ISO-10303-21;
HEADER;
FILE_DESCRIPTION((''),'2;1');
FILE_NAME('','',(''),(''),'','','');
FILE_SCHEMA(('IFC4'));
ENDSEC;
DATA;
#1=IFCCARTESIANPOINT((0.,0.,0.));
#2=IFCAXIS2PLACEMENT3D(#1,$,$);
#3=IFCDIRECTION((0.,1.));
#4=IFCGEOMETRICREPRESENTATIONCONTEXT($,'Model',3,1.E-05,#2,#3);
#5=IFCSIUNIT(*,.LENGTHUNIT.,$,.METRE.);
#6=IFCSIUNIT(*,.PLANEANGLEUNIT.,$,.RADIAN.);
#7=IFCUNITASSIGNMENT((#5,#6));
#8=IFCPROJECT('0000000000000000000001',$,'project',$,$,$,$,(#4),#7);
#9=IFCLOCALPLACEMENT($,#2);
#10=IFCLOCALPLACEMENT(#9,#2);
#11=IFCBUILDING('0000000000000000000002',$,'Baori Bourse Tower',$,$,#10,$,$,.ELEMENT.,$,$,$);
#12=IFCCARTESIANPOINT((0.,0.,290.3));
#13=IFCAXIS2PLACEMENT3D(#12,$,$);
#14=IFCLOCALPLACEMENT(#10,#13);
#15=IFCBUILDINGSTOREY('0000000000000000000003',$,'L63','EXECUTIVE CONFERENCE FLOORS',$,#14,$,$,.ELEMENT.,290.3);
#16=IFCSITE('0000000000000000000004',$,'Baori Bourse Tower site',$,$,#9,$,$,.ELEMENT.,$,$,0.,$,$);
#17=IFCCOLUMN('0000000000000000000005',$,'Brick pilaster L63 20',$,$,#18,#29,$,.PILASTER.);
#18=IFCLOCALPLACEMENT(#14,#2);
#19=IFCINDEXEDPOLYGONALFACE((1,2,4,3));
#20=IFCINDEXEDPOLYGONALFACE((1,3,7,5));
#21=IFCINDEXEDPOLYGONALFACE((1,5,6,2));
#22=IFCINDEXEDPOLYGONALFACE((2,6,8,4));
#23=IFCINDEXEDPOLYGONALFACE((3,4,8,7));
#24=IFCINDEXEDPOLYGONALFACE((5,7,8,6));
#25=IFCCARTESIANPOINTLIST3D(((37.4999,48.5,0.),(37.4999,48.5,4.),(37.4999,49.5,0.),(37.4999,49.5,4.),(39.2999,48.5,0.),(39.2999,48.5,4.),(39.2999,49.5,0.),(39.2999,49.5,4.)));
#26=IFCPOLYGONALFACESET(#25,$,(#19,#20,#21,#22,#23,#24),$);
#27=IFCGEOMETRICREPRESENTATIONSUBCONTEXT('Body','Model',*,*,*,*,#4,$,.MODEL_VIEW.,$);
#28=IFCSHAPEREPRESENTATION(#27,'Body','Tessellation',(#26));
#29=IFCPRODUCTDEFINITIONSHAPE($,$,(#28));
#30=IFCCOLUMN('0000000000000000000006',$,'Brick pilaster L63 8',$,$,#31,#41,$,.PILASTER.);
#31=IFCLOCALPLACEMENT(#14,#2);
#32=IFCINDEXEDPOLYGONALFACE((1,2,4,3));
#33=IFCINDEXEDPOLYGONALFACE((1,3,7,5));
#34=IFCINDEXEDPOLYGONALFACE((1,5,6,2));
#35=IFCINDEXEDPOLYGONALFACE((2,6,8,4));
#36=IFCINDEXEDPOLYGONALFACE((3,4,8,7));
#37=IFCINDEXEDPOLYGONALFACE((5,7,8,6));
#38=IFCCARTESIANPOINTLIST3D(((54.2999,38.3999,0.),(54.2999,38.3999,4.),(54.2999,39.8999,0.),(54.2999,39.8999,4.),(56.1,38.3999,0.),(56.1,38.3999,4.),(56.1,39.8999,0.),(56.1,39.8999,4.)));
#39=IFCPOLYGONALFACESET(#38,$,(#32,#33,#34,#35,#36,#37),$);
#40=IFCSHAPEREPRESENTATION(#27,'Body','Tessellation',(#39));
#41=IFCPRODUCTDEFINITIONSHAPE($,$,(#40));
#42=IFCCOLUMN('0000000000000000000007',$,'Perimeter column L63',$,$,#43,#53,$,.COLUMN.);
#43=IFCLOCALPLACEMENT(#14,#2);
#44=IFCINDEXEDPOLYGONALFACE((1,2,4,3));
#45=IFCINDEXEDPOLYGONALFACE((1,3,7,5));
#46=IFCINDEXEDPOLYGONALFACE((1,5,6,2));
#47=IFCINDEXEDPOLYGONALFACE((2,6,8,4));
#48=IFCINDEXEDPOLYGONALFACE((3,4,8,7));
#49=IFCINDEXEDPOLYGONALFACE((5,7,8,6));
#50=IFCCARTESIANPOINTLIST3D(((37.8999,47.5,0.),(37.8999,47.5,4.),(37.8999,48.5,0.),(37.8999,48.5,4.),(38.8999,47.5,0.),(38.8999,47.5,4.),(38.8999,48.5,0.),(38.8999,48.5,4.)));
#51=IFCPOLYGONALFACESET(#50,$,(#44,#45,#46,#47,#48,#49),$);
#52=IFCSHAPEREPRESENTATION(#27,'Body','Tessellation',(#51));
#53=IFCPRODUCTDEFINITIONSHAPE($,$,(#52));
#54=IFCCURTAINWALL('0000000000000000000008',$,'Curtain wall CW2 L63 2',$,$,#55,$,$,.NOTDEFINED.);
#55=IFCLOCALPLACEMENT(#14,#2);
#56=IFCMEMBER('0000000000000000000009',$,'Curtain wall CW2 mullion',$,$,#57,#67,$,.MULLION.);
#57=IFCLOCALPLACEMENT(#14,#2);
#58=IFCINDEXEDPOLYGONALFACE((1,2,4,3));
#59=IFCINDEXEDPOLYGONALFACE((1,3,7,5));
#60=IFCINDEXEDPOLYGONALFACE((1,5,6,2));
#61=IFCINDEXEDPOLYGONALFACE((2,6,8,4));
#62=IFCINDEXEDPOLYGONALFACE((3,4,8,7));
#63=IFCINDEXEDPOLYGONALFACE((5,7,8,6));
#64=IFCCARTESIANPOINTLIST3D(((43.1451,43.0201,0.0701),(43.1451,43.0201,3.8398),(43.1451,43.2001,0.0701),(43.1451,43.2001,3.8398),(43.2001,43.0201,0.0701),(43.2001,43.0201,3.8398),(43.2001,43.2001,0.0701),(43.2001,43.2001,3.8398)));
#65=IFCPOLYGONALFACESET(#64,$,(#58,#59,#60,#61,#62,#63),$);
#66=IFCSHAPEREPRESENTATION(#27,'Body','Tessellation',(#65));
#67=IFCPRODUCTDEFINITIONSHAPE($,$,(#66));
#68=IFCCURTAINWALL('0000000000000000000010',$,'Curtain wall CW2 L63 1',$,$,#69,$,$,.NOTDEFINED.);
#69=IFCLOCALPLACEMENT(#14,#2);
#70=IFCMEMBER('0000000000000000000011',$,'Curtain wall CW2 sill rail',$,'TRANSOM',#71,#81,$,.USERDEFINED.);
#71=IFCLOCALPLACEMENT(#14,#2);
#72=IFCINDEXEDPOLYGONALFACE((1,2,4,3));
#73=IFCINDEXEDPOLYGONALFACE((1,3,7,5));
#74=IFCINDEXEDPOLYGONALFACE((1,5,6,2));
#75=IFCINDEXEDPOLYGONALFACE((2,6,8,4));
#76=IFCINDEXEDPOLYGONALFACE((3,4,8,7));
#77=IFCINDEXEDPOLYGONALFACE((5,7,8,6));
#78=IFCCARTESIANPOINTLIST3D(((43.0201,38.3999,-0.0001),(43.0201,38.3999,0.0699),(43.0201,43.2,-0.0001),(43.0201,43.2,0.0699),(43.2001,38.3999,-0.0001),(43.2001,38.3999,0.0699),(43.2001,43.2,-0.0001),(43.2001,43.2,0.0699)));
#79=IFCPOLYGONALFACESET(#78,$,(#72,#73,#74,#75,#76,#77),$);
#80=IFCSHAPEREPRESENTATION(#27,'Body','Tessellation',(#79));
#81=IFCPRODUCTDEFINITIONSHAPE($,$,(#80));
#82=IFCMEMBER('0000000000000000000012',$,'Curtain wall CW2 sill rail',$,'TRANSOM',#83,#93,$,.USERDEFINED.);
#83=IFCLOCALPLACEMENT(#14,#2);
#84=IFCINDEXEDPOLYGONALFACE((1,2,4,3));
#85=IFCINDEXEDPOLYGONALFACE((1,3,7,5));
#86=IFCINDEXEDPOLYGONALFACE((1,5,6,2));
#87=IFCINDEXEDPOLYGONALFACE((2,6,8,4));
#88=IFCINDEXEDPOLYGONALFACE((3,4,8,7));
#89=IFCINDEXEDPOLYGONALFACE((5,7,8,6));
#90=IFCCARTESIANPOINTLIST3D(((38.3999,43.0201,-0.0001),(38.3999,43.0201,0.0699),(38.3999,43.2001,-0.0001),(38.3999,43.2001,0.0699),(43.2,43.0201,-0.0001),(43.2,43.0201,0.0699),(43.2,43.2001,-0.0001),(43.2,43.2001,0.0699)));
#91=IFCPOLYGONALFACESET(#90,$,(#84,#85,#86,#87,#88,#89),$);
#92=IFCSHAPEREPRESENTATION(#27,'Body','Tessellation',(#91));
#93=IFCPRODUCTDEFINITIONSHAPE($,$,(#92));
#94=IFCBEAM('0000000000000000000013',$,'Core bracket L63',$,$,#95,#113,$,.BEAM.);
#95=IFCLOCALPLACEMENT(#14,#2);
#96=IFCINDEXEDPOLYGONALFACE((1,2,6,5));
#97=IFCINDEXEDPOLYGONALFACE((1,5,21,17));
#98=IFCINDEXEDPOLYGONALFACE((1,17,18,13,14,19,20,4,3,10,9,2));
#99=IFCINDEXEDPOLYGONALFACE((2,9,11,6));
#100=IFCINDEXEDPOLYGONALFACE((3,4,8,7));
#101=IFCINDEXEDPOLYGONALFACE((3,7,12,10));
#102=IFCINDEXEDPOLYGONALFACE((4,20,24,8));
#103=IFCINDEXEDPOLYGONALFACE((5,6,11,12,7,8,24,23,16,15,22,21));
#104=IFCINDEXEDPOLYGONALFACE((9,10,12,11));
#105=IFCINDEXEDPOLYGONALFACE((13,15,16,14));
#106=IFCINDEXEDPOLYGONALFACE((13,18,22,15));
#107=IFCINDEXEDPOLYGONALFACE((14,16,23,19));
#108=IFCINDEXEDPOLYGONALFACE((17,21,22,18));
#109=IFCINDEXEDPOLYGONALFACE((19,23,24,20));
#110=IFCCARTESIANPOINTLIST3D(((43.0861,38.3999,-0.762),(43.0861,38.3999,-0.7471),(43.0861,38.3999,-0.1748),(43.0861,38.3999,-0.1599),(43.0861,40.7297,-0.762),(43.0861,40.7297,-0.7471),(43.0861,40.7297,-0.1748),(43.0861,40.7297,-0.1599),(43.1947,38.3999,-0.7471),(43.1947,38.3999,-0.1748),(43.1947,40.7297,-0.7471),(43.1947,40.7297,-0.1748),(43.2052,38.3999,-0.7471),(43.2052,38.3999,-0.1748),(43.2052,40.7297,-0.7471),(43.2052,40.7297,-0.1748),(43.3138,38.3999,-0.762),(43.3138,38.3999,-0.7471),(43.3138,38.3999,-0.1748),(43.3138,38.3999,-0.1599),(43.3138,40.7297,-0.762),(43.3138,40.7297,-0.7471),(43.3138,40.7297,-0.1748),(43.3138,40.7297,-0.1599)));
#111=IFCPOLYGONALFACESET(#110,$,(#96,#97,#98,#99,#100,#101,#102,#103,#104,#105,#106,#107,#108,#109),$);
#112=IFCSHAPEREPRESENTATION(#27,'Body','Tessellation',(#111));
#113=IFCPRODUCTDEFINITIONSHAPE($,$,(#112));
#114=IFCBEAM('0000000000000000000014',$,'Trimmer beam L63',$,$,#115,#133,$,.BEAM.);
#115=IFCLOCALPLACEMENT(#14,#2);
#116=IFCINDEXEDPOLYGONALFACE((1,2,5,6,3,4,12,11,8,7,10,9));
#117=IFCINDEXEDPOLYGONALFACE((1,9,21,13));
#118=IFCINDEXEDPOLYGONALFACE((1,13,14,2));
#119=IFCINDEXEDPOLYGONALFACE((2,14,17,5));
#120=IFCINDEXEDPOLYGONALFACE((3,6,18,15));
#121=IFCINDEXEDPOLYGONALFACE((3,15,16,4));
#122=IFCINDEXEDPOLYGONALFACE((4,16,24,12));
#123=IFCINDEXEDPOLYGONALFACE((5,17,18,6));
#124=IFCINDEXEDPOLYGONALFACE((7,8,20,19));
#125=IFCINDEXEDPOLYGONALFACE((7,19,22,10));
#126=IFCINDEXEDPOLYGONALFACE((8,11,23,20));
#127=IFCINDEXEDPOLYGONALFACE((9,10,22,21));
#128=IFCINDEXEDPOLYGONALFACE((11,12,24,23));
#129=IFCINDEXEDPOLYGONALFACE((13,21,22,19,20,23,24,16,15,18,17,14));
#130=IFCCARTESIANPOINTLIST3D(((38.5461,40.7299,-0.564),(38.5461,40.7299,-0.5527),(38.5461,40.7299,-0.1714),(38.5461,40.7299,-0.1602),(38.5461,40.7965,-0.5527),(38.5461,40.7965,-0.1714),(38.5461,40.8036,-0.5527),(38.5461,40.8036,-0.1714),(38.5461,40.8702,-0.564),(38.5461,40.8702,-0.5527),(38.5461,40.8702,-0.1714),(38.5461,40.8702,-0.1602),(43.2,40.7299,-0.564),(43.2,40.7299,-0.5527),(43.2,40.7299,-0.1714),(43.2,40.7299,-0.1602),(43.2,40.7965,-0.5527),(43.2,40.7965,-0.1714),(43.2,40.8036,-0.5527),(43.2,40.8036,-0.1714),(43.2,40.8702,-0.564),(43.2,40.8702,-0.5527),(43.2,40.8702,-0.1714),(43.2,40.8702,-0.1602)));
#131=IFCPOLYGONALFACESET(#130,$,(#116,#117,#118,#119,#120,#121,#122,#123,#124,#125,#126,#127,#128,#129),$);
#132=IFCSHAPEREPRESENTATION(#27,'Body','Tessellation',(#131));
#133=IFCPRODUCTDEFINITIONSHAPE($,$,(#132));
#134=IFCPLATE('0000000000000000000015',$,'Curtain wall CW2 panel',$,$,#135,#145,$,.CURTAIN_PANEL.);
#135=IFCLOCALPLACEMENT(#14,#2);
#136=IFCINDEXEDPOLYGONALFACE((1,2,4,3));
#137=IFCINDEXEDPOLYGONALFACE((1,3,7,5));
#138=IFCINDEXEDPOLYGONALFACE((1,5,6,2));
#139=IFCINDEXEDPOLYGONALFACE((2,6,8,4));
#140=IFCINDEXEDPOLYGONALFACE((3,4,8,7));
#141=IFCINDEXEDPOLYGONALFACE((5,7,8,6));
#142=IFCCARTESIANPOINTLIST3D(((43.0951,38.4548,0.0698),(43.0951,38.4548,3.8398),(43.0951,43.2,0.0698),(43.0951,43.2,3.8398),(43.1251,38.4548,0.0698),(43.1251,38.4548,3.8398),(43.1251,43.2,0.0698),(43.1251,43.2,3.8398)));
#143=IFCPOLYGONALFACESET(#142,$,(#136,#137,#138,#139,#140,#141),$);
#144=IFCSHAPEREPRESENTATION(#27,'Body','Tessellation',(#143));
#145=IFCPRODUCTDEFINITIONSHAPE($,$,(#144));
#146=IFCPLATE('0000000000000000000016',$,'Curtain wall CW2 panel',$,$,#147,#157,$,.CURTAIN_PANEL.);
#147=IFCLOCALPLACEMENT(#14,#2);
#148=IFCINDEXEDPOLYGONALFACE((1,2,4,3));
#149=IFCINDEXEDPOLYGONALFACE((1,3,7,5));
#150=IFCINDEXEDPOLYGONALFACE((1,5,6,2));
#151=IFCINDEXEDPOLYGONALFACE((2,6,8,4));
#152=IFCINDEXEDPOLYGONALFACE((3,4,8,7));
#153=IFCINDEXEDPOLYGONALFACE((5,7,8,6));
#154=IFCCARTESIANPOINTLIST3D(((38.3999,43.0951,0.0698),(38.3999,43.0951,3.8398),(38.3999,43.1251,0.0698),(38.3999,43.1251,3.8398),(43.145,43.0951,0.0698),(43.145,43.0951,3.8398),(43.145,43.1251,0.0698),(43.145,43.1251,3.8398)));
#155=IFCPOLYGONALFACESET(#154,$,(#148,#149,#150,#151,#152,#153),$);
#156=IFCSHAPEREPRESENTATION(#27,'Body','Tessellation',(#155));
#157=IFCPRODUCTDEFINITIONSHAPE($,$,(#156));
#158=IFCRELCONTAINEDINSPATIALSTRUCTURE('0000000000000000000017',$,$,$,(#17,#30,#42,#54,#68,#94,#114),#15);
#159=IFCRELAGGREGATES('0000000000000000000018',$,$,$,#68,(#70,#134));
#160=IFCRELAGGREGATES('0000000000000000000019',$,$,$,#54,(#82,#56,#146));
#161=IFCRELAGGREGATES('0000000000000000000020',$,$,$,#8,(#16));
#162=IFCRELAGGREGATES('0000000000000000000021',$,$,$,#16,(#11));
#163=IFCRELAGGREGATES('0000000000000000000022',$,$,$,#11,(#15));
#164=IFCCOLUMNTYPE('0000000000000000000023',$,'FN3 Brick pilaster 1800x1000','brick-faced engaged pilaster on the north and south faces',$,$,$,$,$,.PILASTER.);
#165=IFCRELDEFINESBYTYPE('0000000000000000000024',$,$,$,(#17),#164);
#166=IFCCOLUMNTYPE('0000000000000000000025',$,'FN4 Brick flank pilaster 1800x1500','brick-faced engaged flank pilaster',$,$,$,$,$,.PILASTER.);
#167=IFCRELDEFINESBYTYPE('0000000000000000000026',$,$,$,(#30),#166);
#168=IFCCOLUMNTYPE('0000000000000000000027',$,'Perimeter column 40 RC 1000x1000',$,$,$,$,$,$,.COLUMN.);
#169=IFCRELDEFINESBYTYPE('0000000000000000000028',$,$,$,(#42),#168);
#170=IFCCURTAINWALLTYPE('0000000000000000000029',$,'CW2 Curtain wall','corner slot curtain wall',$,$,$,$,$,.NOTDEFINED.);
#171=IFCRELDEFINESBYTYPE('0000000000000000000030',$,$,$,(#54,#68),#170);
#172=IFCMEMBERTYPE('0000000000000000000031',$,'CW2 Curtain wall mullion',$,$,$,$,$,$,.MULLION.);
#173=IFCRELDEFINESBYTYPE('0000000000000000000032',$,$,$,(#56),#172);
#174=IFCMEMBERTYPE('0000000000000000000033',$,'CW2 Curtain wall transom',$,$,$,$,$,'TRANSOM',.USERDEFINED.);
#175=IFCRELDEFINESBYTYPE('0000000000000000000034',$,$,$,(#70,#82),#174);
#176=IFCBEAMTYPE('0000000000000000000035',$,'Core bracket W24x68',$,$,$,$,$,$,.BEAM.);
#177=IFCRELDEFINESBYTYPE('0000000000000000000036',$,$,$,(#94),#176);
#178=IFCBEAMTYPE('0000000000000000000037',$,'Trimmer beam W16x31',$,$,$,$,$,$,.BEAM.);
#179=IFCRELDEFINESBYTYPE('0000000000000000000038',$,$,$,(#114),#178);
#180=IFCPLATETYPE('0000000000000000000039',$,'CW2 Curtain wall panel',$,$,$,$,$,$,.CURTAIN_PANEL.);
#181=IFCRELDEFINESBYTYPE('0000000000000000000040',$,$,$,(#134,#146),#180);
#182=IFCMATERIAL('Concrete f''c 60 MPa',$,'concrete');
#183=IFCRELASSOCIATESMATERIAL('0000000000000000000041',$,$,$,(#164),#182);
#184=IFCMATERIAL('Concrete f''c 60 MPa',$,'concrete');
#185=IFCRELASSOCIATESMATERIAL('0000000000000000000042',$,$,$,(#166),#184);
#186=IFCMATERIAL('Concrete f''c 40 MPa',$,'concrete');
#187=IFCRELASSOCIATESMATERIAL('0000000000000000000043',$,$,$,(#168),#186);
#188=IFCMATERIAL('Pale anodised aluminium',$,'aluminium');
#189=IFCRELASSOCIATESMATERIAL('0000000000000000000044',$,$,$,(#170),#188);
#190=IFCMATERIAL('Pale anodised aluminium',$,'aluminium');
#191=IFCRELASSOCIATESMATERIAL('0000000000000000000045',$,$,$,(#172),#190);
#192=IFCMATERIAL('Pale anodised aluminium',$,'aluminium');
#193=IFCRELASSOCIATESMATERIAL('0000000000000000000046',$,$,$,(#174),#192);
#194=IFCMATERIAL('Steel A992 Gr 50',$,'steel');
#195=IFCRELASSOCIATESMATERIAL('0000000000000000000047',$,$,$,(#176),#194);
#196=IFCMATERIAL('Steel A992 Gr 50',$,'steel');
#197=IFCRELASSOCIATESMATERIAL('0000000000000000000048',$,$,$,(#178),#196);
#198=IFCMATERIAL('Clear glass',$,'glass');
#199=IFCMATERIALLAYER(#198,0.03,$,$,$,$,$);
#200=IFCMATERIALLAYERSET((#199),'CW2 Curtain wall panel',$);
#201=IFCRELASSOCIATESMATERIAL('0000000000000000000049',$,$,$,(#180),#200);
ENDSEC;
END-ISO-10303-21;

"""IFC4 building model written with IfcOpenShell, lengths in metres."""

from ifc_helpers import new_model, si_unit, direction, frame, origin, origin_2d, place, context, subcontext, project, spatial, rectangle, i_section, extrude, material, layer, layer_set, material_profile, profile_set, type_object, element, aggregate, save


model = new_model("IFC4")

# Units and contexts
model_context = context("Model", 3, precision=1e-05, world=origin(), true_north=direction((0.0, 1.0)))
body_context = subcontext(model_context, "Body", "Model", "MODEL_VIEW")
ifc_project = project(units=[si_unit("LENGTHUNIT", "METRE"), si_unit("PLANEANGLEUNIT", "RADIAN")], contexts=[model_context])

# Site, building, storey
site_placement = place(None, origin())
site = spatial("IfcSite", under=ifc_project, at=site_placement, Name="Baori Bourse Tower site", CompositionType="ELEMENT", RefElevation=0.0)
building_placement = place(site_placement, origin())
building = spatial("IfcBuilding", under=site, at=building_placement, Name="Baori Bourse Tower", CompositionType="ELEMENT")
storey_placement = place(building_placement, frame((0.0, 0.0, 290.3)))
storey = spatial("IfcBuildingStorey", under=building, at=storey_placement, Name="L63", Description="EXECUTIVE CONFERENCE FLOORS", CompositionType="ELEMENT", Elevation=290.3)

# Columns
ifc_material_1 = material(Name="Concrete f'c 60 MPa", Category="concrete")
ifc_material_profile_1 = material_profile(ifc_material_1, rectangle(XDim=1.8, YDim=1.0, at=origin_2d()), Name="RC 1800x1000")
ifc_profile_set_1 = profile_set([ifc_material_profile_1], Name="Concrete f'c 60 MPa")
column_type_1 = type_object("IfcColumnType", Name="FN3 Brick pilaster 1800x1000", Description="brick-faced engaged pilaster on the north and south faces", PredefinedType="PILASTER", material=ifc_profile_set_1)
column_1_placement = place(storey_placement, frame((38.3999, 49.0, 0.0), z_axis=(0.0, 0.0, 1.0), x_axis=(1.0, 0.0, 0.0)))
element("IfcColumn", 1, at=column_1_placement, inside=storey, type_object=column_type_1, Name="Brick pilaster L63 20", PredefinedType="PILASTER", context=body_context, shape_type="SweptSolid", body=[
    extrude(rectangle(XDim=1.8, YDim=1.0, at=origin_2d()), origin(), (0.0, 0.0, 1.0), 4.0),
])
ifc_material_2 = material(Name="Concrete f'c 60 MPa", Category="concrete")
ifc_material_profile_2 = material_profile(ifc_material_2, rectangle(XDim=1.8, YDim=1.5, at=origin_2d()), Name="RC 1800x1500")
ifc_profile_set_2 = profile_set([ifc_material_profile_2], Name="Concrete f'c 60 MPa")
column_type_2 = type_object("IfcColumnType", Name="FN4 Brick flank pilaster 1800x1500", Description="brick-faced engaged flank pilaster", PredefinedType="PILASTER", material=ifc_profile_set_2)
column_2_placement = place(storey_placement, frame((55.2, 39.1499, 0.0), z_axis=(0.0, 0.0, 1.0), x_axis=(1.0, 0.0, 0.0)))
element("IfcColumn", 2, at=column_2_placement, inside=storey, type_object=column_type_2, Name="Brick pilaster L63 8", PredefinedType="PILASTER", context=body_context, shape_type="SweptSolid", body=[
    extrude(rectangle(XDim=1.8, YDim=1.5, at=origin_2d()), origin(), (0.0, 0.0, 1.0), 4.0),
])
ifc_material_3 = material(Name="Concrete f'c 40 MPa", Category="concrete")
ifc_material_profile_3 = material_profile(ifc_material_3, rectangle(XDim=1.0, YDim=1.0, at=origin_2d()), Name="RC 1000x1000")
ifc_profile_set_3 = profile_set([ifc_material_profile_3], Name="Concrete f'c 40 MPa")
column_type_3 = type_object("IfcColumnType", Name="Perimeter column 40 RC 1000x1000", PredefinedType="COLUMN", material=ifc_profile_set_3)
column_3_placement = place(storey_placement, frame((38.3999, 48.0, 0.0), z_axis=(0.0, 0.0, 1.0), x_axis=(1.0, 0.0, 0.0)))
element("IfcColumn", 3, at=column_3_placement, inside=storey, type_object=column_type_3, Name="Perimeter column L63", PredefinedType="COLUMN", context=body_context, shape_type="SweptSolid", body=[
    extrude(rectangle(XDim=1.0, YDim=1.0, at=origin_2d()), origin(), (0.0, 0.0, 1.0), 4.0),
])

# Curtain walls, members
ifc_material_4 = material(Name="Pale anodised aluminium", Category="aluminium")
curtain_wall_type = type_object("IfcCurtainWallType", Name="CW2 Curtain wall", Description="corner slot curtain wall", PredefinedType="NOTDEFINED", material=ifc_material_4)
curtain_wall_1_placement = place(storey_placement, origin())
curtain_wall_1 = element("IfcCurtainWall", 4, at=curtain_wall_1_placement, inside=storey, type_object=curtain_wall_type, Name="Curtain wall CW2 L63 2", PredefinedType="NOTDEFINED")
ifc_material_5 = material(Name="Pale anodised aluminium", Category="aluminium")
ifc_material_profile_4 = material_profile(ifc_material_5, rectangle(XDim=0.1799, YDim=0.0549, at=origin_2d()), Name="Mullion 55x180")
ifc_profile_set_4 = profile_set([ifc_material_profile_4], Name="Pale anodised aluminium")
member_type_1 = type_object("IfcMemberType", Name="CW2 Curtain wall mullion", PredefinedType="MULLION", material=ifc_profile_set_4)
member_1_placement = place(storey_placement, frame((43.1726, 43.1101, 0.0701), z_axis=(0.0, 0.0, 1.0), x_axis=(0.0, -1.0, 0.0)))
member_1 = element("IfcMember", 5, at=member_1_placement, type_object=member_type_1, Name="Curtain wall CW2 mullion", PredefinedType="MULLION", context=body_context, shape_type="SweptSolid", body=[
    extrude(rectangle(XDim=0.1799, YDim=0.0549, at=origin_2d()), origin(), (0.0, 0.0, 1.0), 3.7698),
])
curtain_wall_2_placement = place(storey_placement, origin())
curtain_wall_2 = element("IfcCurtainWall", 6, at=curtain_wall_2_placement, inside=storey, type_object=curtain_wall_type, Name="Curtain wall CW2 L63 1", PredefinedType="NOTDEFINED")
ifc_material_6 = material(Name="Pale anodised aluminium", Category="aluminium")
ifc_material_profile_5 = material_profile(ifc_material_6, rectangle(XDim=0.1799, YDim=0.0701, at=origin_2d()), Name="Transom 70x180")
ifc_profile_set_5 = profile_set([ifc_material_profile_5], Name="Pale anodised aluminium")
member_type_2 = type_object("IfcMemberType", Name="CW2 Curtain wall transom", ElementType="TRANSOM", PredefinedType="USERDEFINED", material=ifc_profile_set_5)
member_2_placement = place(storey_placement, frame((43.1101, 38.3999, 0.0349), z_axis=(0.0, 1.0, 0.0), x_axis=(-1.0, 0.0, 0.0)))
member_2 = element("IfcMember", 7, at=member_2_placement, type_object=member_type_2, Name="Curtain wall CW2 sill rail", ObjectType="TRANSOM", PredefinedType="USERDEFINED", context=body_context, shape_type="SweptSolid", body=[
    extrude(rectangle(XDim=0.1799, YDim=0.0701, at=origin_2d()), origin(), (0.0, 0.0, 1.0), 4.8),
])

# Member
member_3_placement = place(storey_placement, frame((43.2, 43.1101, 0.0349), z_axis=(-1.0, 0.0, 0.0), x_axis=(0.0, -1.0, 0.0)))
member_3 = element("IfcMember", 8, at=member_3_placement, type_object=member_type_2, Name="Curtain wall CW2 sill rail", ObjectType="TRANSOM", PredefinedType="USERDEFINED", context=body_context, shape_type="SweptSolid", body=[
    extrude(rectangle(XDim=0.1799, YDim=0.0701, at=origin_2d()), origin(), (0.0, 0.0, 1.0), 4.8),
])

# Beams
ifc_material_7 = material(Name="Steel A992 Gr 50", Category="steel")
ifc_material_profile_6 = material_profile(ifc_material_7, i_section(OverallWidth=0.2278, OverallDepth=0.6021, WebThickness=0.0105, FlangeThickness=0.0149, at=origin_2d()), Name="W24x68")
ifc_profile_set_6 = profile_set([ifc_material_profile_6], Name="Steel A992 Gr 50")
beam_type_1 = type_object("IfcBeamType", Name="Core bracket W24x68", PredefinedType="BEAM", material=ifc_profile_set_6)
beam_1_placement = place(storey_placement, frame((43.2, 38.3999, -0.4609), z_axis=(0.0, 1.0, 0.0), x_axis=(-1.0, 0.0, 0.0)))
element("IfcBeam", 9, at=beam_1_placement, inside=storey, type_object=beam_type_1, Name="Core bracket L63", PredefinedType="BEAM", context=body_context, shape_type="SweptSolid", body=[
    extrude(i_section(OverallWidth=0.2278, OverallDepth=0.6021, WebThickness=0.0105, FlangeThickness=0.0149, at=origin_2d()), origin(), (0.0, 0.0, 1.0), 2.3298),
])
ifc_material_8 = material(Name="Steel A992 Gr 50", Category="steel")
ifc_material_profile_7 = material_profile(ifc_material_8, i_section(OverallWidth=0.1404, OverallDepth=0.4038, WebThickness=0.0071, FlangeThickness=0.0112, at=origin_2d()), Name="W16x31")
ifc_profile_set_7 = profile_set([ifc_material_profile_7], Name="Steel A992 Gr 50")
beam_type_2 = type_object("IfcBeamType", Name="Trimmer beam W16x31", PredefinedType="BEAM", material=ifc_profile_set_7)
beam_2_placement = place(storey_placement, frame((38.5461, 40.8, -0.3621), z_axis=(1.0, 0.0, 0.0), x_axis=(0.0, 1.0, 0.0)))
element("IfcBeam", 10, at=beam_2_placement, inside=storey, type_object=beam_type_2, Name="Trimmer beam L63", PredefinedType="BEAM", context=body_context, shape_type="SweptSolid", body=[
    extrude(i_section(OverallWidth=0.1404, OverallDepth=0.4038, WebThickness=0.0071, FlangeThickness=0.0112, at=origin_2d()), origin(), (0.0, 0.0, 1.0), 4.6538),
])

# Plates
ifc_material_9 = material(Name="Clear glass", Category="glass")
ifc_layer_1 = layer(ifc_material_9, 0.03)
ifc_layer_set_1 = layer_set([ifc_layer_1], Name="CW2 Curtain wall panel")
plate_type = type_object("IfcPlateType", Name="CW2 Curtain wall panel", PredefinedType="CURTAIN_PANEL", material=ifc_layer_set_1)
plate_1_placement = place(storey_placement, frame((43.1101, 40.8274, 0.0698), z_axis=(0.0, 0.0, 1.0), x_axis=(0.0, 1.0, 0.0)))
plate_1 = element("IfcPlate", 11, at=plate_1_placement, type_object=plate_type, Name="Curtain wall CW2 panel", PredefinedType="CURTAIN_PANEL", context=body_context, shape_type="SweptSolid", body=[
    extrude(rectangle(XDim=4.7451, YDim=0.03, at=origin_2d()), origin(), (0.0, 0.0, 1.0), 3.77),
])
aggregate(curtain_wall_2, [member_2, plate_1])
plate_2_placement = place(storey_placement, frame((40.7725, 43.1101, 0.0698), z_axis=(0.0, 0.0, 1.0), x_axis=(-1.0, 0.0, 0.0)))
plate_2 = element("IfcPlate", 12, at=plate_2_placement, type_object=plate_type, Name="Curtain wall CW2 panel", PredefinedType="CURTAIN_PANEL", context=body_context, shape_type="SweptSolid", body=[
    extrude(rectangle(XDim=4.7451, YDim=0.03, at=origin_2d()), origin(), (0.0, 0.0, 1.0), 3.77),
])
aggregate(curtain_wall_1, [member_3, member_1, plate_2])

save(model, "model.ifc")
